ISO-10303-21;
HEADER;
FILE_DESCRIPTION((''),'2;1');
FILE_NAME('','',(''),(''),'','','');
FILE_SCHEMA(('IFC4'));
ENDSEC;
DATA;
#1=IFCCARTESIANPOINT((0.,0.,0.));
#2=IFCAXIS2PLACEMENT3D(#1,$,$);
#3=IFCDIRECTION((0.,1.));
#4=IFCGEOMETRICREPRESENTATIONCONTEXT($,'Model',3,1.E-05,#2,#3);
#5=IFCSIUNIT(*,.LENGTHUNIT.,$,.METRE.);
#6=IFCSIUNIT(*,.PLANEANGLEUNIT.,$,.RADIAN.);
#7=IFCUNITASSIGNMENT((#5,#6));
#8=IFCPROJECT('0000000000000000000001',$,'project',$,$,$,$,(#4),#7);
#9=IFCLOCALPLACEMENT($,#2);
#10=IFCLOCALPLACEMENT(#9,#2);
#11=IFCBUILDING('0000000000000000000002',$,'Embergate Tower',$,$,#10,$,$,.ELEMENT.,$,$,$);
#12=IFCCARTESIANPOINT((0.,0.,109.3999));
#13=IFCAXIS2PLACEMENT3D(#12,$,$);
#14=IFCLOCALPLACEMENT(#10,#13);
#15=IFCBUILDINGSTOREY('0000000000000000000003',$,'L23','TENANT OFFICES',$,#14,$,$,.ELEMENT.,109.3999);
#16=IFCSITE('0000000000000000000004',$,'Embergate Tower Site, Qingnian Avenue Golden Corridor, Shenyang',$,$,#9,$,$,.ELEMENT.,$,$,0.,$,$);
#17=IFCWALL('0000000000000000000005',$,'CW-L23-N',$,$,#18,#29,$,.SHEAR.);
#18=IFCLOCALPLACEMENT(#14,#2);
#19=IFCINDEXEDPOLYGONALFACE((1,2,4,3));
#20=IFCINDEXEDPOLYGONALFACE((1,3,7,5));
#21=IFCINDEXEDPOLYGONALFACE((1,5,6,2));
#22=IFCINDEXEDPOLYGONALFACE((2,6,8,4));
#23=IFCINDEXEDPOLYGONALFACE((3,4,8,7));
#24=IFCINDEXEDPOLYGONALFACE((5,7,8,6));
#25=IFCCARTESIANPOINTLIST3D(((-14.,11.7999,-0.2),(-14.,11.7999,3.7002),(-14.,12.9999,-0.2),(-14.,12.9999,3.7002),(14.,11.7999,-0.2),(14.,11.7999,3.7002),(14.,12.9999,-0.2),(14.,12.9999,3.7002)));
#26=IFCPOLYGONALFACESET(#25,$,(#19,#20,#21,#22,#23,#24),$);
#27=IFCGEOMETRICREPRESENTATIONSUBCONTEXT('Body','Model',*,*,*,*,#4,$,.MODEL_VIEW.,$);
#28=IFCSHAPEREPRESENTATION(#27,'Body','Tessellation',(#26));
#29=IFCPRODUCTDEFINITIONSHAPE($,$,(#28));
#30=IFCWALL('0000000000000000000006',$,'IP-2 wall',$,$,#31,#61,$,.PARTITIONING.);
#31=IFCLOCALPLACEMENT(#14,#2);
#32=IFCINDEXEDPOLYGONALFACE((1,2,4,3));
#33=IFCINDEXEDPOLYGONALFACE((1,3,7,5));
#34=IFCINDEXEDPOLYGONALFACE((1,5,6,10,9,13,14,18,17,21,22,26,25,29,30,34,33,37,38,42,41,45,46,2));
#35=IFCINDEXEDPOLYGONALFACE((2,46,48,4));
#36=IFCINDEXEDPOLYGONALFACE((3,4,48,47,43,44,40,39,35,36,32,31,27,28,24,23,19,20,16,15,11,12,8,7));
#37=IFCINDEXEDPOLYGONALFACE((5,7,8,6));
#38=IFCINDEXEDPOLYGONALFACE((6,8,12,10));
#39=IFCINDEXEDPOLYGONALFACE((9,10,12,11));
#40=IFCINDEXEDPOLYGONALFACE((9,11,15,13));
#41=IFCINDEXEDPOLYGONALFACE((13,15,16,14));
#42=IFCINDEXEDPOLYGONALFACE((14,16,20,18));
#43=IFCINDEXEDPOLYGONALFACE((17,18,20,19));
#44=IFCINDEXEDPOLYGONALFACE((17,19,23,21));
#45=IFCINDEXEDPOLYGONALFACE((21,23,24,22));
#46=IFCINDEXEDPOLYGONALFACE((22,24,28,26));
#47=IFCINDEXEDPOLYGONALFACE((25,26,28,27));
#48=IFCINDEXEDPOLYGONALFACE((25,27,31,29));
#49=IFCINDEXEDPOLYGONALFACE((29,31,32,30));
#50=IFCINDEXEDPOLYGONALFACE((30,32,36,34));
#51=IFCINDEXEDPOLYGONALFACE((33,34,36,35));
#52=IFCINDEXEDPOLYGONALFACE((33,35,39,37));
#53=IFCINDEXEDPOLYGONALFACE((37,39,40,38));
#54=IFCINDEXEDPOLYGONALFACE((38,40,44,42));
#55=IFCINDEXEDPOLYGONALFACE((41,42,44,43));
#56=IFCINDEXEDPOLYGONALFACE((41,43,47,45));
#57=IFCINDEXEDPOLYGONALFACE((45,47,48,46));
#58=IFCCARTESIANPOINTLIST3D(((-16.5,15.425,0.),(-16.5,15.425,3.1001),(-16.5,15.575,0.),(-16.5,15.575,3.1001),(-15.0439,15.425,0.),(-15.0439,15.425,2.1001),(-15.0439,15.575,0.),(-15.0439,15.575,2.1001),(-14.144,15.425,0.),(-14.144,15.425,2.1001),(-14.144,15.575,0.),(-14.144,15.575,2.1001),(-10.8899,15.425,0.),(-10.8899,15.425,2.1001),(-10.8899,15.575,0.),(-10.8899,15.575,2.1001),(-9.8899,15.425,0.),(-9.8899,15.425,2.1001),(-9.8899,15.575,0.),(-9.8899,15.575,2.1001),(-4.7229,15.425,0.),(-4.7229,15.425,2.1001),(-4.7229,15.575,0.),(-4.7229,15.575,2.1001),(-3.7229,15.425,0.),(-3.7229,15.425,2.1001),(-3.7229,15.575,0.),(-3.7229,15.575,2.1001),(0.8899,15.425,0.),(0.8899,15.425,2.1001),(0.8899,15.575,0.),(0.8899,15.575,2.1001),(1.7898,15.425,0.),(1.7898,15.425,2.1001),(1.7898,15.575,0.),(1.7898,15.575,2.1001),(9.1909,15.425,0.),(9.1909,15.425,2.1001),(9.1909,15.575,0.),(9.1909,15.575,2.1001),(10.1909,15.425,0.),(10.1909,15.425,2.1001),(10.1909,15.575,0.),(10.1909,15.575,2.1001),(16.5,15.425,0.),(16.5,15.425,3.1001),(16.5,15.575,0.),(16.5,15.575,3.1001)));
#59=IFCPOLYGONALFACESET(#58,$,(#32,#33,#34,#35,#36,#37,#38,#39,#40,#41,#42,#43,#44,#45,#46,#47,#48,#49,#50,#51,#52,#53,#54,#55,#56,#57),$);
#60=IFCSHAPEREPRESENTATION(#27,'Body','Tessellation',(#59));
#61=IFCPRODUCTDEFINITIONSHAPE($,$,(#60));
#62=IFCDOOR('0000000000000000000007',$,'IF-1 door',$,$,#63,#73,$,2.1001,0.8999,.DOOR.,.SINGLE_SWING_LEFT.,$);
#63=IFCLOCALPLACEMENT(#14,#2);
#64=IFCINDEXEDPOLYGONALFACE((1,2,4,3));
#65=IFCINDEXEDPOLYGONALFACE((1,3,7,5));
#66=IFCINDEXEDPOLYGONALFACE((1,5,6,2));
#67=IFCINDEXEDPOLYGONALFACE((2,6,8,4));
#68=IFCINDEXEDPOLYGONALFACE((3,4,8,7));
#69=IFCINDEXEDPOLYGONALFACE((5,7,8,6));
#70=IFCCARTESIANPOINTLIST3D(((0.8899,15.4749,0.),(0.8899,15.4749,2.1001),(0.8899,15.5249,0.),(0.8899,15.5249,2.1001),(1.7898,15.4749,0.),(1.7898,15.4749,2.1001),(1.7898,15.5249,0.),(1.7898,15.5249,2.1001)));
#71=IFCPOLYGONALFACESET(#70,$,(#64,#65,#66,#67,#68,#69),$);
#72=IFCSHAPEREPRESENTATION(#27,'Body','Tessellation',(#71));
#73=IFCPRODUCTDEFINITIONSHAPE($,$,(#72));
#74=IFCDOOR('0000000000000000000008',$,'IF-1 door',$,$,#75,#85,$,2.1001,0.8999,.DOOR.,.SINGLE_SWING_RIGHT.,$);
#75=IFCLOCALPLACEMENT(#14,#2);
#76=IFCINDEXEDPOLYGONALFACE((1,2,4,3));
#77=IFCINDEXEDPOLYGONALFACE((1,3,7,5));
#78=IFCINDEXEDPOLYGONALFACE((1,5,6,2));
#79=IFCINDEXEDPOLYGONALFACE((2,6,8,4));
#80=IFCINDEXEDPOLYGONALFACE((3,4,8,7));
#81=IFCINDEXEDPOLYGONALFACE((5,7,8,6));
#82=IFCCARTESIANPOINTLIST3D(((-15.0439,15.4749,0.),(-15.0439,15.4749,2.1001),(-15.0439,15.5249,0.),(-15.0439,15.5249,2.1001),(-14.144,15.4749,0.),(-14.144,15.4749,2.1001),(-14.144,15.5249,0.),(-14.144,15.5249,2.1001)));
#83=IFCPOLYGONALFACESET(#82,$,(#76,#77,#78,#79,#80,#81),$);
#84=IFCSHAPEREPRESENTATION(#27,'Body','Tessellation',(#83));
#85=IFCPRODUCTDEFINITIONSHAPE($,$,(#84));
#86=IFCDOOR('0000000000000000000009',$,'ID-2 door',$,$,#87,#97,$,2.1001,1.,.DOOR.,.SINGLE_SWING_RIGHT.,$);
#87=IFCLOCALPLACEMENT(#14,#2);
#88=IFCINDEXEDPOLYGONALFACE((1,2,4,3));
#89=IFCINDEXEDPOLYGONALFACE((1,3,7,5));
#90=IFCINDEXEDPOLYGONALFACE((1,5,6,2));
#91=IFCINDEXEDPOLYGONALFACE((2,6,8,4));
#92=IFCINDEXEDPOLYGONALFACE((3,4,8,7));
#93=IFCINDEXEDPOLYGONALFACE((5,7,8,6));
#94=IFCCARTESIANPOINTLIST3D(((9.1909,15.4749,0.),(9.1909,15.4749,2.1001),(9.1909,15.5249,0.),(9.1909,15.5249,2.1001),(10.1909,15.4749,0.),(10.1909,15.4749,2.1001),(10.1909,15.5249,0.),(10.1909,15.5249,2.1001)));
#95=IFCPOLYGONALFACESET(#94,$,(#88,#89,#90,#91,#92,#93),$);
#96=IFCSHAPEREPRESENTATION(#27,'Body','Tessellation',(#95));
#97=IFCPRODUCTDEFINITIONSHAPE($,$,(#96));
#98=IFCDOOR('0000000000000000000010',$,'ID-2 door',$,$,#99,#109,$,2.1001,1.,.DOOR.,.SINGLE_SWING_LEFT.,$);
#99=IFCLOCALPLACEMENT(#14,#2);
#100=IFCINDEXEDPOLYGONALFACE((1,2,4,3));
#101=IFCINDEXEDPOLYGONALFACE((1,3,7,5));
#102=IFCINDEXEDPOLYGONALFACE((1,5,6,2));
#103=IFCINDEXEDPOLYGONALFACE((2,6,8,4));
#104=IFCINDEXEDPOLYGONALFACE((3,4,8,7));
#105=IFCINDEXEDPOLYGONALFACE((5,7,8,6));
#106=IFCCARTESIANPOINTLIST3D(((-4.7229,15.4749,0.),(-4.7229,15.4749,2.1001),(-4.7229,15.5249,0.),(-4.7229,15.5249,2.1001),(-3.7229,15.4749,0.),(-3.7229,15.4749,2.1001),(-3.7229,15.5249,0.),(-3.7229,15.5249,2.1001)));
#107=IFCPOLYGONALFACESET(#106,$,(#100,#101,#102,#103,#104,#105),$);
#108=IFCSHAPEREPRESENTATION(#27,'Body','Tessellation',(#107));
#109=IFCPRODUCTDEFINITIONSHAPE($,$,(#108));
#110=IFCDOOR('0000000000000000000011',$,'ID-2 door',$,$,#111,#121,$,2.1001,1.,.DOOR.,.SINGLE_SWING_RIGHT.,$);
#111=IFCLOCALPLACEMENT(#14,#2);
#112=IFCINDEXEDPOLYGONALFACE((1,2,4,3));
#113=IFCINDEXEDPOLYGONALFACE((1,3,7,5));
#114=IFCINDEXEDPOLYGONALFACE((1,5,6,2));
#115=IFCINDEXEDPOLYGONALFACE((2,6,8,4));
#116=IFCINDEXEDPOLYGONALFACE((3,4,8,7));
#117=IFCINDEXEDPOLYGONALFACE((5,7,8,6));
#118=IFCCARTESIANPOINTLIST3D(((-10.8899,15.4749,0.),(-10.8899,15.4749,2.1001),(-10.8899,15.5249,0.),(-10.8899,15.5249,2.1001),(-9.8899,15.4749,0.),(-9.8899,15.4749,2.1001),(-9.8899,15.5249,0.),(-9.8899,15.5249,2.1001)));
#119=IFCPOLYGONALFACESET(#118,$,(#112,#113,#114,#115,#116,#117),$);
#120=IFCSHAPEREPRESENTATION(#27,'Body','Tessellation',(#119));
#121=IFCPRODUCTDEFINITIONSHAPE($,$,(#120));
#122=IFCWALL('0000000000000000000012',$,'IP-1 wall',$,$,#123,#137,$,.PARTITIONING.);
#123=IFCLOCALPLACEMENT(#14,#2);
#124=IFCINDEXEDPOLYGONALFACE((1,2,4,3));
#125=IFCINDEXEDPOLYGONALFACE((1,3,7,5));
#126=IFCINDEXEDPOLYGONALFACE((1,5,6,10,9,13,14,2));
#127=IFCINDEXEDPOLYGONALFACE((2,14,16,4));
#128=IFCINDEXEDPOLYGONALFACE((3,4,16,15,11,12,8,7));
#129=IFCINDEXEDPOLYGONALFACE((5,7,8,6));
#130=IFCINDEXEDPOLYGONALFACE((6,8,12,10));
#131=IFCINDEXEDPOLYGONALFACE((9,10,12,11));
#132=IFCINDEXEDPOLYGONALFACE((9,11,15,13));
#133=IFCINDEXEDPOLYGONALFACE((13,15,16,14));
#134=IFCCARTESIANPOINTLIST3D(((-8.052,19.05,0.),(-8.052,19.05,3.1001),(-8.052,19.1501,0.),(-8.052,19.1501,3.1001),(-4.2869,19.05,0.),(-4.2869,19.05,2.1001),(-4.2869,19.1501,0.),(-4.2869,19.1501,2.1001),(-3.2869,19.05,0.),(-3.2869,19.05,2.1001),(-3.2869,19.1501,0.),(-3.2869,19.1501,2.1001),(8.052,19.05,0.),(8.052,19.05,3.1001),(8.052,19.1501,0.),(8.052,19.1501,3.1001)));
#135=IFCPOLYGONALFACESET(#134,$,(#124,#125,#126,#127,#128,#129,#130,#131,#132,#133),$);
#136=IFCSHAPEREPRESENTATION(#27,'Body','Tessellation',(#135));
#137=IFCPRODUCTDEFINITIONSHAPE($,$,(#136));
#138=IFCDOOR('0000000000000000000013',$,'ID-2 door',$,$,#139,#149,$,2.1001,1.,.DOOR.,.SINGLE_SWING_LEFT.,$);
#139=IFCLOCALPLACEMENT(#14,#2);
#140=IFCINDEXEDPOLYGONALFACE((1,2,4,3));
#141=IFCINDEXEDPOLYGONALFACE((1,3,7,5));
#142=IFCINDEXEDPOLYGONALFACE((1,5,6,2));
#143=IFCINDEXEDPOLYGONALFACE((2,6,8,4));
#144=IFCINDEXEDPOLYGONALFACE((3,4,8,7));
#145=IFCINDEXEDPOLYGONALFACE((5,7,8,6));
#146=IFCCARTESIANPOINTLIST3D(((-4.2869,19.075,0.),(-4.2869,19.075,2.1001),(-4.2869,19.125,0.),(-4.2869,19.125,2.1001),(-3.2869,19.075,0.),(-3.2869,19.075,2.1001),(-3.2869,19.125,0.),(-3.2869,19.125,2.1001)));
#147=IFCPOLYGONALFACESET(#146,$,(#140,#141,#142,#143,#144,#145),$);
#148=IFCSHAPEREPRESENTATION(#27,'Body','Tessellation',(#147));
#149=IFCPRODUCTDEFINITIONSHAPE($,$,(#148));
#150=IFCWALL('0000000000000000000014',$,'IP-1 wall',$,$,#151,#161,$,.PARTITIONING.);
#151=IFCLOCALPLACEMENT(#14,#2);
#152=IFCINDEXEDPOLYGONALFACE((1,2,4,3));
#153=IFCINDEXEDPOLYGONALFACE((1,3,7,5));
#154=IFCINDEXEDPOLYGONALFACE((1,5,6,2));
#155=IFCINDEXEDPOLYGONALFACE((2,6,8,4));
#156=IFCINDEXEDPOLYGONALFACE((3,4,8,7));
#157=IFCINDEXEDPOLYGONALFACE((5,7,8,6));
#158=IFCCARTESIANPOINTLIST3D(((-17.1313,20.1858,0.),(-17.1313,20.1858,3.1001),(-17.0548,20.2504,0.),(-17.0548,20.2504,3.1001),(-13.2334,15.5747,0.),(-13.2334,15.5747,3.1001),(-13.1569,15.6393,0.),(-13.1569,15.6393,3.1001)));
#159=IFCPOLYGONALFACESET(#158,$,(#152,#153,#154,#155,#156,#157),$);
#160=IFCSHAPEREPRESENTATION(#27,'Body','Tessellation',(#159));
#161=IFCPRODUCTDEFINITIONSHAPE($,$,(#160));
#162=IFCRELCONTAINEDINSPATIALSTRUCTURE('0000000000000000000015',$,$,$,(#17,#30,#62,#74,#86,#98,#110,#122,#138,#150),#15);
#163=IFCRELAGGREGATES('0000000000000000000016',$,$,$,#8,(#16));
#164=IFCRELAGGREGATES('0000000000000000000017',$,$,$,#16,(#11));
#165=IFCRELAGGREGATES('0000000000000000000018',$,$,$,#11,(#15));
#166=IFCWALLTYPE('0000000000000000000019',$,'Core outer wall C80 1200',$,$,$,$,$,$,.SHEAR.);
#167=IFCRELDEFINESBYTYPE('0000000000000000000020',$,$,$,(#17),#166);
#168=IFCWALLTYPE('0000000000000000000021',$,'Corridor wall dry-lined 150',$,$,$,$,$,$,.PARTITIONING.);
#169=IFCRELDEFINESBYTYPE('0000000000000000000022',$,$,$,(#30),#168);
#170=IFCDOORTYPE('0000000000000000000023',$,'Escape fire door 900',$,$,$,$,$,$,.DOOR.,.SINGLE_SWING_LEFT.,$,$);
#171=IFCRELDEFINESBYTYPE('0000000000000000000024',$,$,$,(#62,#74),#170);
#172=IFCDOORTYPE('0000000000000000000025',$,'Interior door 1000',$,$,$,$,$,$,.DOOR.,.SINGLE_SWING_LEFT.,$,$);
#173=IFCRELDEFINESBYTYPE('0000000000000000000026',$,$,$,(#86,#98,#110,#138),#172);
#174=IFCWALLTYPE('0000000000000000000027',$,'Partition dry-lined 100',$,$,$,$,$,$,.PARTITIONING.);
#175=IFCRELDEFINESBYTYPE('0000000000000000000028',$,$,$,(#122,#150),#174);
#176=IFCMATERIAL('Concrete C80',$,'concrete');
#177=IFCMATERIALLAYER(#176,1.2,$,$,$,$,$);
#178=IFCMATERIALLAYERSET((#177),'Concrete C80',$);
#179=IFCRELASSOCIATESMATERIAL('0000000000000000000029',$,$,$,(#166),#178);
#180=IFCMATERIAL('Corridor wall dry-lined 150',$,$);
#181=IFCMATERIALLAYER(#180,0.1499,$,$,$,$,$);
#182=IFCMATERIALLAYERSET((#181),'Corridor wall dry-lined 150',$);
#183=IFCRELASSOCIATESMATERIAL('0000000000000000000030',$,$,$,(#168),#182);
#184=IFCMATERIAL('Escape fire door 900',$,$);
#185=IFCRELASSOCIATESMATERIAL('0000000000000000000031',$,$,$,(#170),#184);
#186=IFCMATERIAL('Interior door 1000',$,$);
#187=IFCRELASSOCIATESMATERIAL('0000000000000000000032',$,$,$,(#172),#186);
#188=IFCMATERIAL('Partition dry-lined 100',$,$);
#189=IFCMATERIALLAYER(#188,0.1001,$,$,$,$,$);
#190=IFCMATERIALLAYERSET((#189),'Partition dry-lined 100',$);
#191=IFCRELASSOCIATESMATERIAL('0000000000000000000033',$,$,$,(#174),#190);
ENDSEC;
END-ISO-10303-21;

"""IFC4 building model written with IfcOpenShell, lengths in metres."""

from ifc_helpers import new_model, si_unit, direction, frame, frame_2d, origin, place, context, subcontext, project, spatial, rectangle, extrude, source, transform, mapped, material, layer, layer_set, type_object, element, fill, save


model = new_model("IFC4")

# Units and contexts
model_context = context("Model", 3, precision=1e-05, world=origin(), true_north=direction((0.0, 1.0)))
body_context = subcontext(model_context, "Body", "Model", "MODEL_VIEW")
ifc_project = project(units=[si_unit("LENGTHUNIT", "METRE"), si_unit("PLANEANGLEUNIT", "RADIAN")], contexts=[model_context])

# Site, building, storey
site_placement = place(None, origin())
site = spatial("IfcSite", under=ifc_project, at=site_placement, Name="Embergate Tower Site, Qingnian Avenue Golden Corridor, Shenyang", CompositionType="ELEMENT", RefElevation=0.0)
building_placement = place(site_placement, origin())
building = spatial("IfcBuilding", under=site, at=building_placement, Name="Embergate Tower", CompositionType="ELEMENT")
storey_placement = place(building_placement, frame((0.0, 0.0, 109.3999)))
storey = spatial("IfcBuildingStorey", under=building, at=storey_placement, Name="L23", Description="TENANT OFFICES", CompositionType="ELEMENT", Elevation=109.3999)

# Wall
ifc_material_1 = material(Name="Concrete C80", Category="concrete")
ifc_layer_1 = layer(ifc_material_1, 1.2)
ifc_layer_set_1 = layer_set([ifc_layer_1], Name="Concrete C80")
wall_type_1 = type_object("IfcWallType", Name="Core outer wall C80 1200", PredefinedType="SHEAR", material=ifc_layer_set_1)
shared_shape_1 = source(origin(), body_context, "Body", "SweptSolid", [
    extrude(rectangle(XDim=28.0, YDim=1.2, at=frame_2d((14.0, 0.0))), origin(), (0.0, 0.0, 1.0), 3.9001),
])
wall_1_placement = place(storey_placement, frame((-14.0, 12.3999, -0.2), z_axis=(0.0, 0.0, 1.0), x_axis=(1.0, 0.0, 0.0)))
element("IfcWall", 1, at=wall_1_placement, inside=storey, type_object=wall_type_1, Name="CW-L23-N", PredefinedType="SHEAR", context=body_context, shape_type="MappedRepresentation", body=[
    mapped(shared_shape_1, transform((0.0, 0.0, 0.0))),
])

# Wall, openings, doors
ifc_material_2 = material(Name="Corridor wall dry-lined 150")
ifc_layer_2 = layer(ifc_material_2, 0.1499)
ifc_layer_set_2 = layer_set([ifc_layer_2], Name="Corridor wall dry-lined 150")
wall_type_2 = type_object("IfcWallType", Name="Corridor wall dry-lined 150", PredefinedType="PARTITIONING", material=ifc_layer_set_2)
shared_shape_2 = source(origin(), body_context, "Body", "SweptSolid", [
    extrude(rectangle(XDim=33.0, YDim=0.1499, at=frame_2d((16.5, 0.0))), origin(), (0.0, 0.0, 1.0), 3.1001),
])
wall_2_placement = place(storey_placement, frame((-16.5, 15.5, 0.0), z_axis=(0.0, 0.0, 1.0), x_axis=(1.0, 0.0, 0.0)))
wall_2 = element("IfcWall", 2, at=wall_2_placement, inside=storey, type_object=wall_type_2, Name="IP-2 wall", PredefinedType="PARTITIONING", context=body_context, shape_type="MappedRepresentation", body=[
    mapped(shared_shape_2, transform((0.0, 0.0, 0.0))),
])
shared_shape_3 = source(origin(), body_context, "Body", "SweptSolid", [
    extrude(rectangle(XDim=1.0, YDim=2.1001, at=frame_2d((0.5, 1.05))), frame((0.0, 0.085, 0.0), z_axis=(0.0, -1.0, 0.0), x_axis=(1.0, 0.0, 0.0)), (0.0, 0.0, 1.0), 0.1699),
])
opening_1_placement = place(wall_2_placement, frame((25.6909, 0.0, 0.0)))
opening_1 = element("IfcOpeningElement", 3, at=opening_1_placement, cuts=wall_2, PredefinedType="OPENING", context=body_context, shape_type="MappedRepresentation", body=[
    mapped(shared_shape_3, transform((0.0, 0.0, 0.0))),
])
shared_shape_4 = source(origin(), body_context, "Body", "SweptSolid", [
    extrude(rectangle(XDim=0.8999, YDim=2.1001, at=frame_2d((0.45, 1.05))), frame((0.0, 0.085, 0.0), z_axis=(0.0, -1.0, 0.0), x_axis=(1.0, 0.0, 0.0)), (0.0, 0.0, 1.0), 0.1699),
])
opening_2_placement = place(wall_2_placement, frame((17.3899, 0.0, 0.0)))
opening_2 = element("IfcOpeningElement", 4, at=opening_2_placement, cuts=wall_2, PredefinedType="OPENING", context=body_context, shape_type="MappedRepresentation", body=[
    mapped(shared_shape_4, transform((0.0, 0.0, 0.0))),
])
opening_3_placement = place(wall_2_placement, frame((11.7771, 0.0, 0.0)))
opening_3 = element("IfcOpeningElement", 5, at=opening_3_placement, cuts=wall_2, PredefinedType="OPENING", context=body_context, shape_type="MappedRepresentation", body=[
    mapped(shared_shape_3, transform((0.0, 0.0, 0.0))),
])
opening_4_placement = place(wall_2_placement, frame((5.6101, 0.0, 0.0)))
opening_4 = element("IfcOpeningElement", 6, at=opening_4_placement, cuts=wall_2, PredefinedType="OPENING", context=body_context, shape_type="MappedRepresentation", body=[
    mapped(shared_shape_3, transform((0.0, 0.0, 0.0))),
])
opening_5_placement = place(wall_2_placement, frame((1.4561, 0.0, 0.0)))
opening_5 = element("IfcOpeningElement", 7, at=opening_5_placement, cuts=wall_2, PredefinedType="OPENING", context=body_context, shape_type="MappedRepresentation", body=[
    mapped(shared_shape_4, transform((0.0, 0.0, 0.0))),
])
ifc_material_3 = material(Name="Escape fire door 900")
door_type_1 = type_object("IfcDoorType", Name="Escape fire door 900", OperationType="SINGLE_SWING_LEFT", PredefinedType="DOOR", material=ifc_material_3)
shared_shape_5 = source(origin(), body_context, "Body", "SweptSolid", [
    extrude(rectangle(XDim=0.8999, YDim=2.1001, at=frame_2d((0.45, 1.05))), frame((0.0, 0.0249, 0.0), z_axis=(0.0, -1.0, 0.0), x_axis=(1.0, 0.0, 0.0)), (0.0, 0.0, 1.0), 0.05),
])
door_1_placement = place(opening_2_placement, origin())
door_1 = element("IfcDoor", 8, at=door_1_placement, inside=storey, type_object=door_type_1, Name="IF-1 door", OperationType="SINGLE_SWING_LEFT", OverallHeight=2.1001, OverallWidth=0.8999, PredefinedType="DOOR", context=body_context, shape_type="MappedRepresentation", body=[
    mapped(shared_shape_5, transform((0.0, 0.0, 0.0))),
])
fill(opening_2, door_1)
door_2_placement = place(opening_5_placement, origin())
door_2 = element("IfcDoor", 9, at=door_2_placement, inside=storey, type_object=door_type_1, Name="IF-1 door", OperationType="SINGLE_SWING_RIGHT", OverallHeight=2.1001, OverallWidth=0.8999, PredefinedType="DOOR", context=body_context, shape_type="MappedRepresentation", body=[
    mapped(shared_shape_5, transform((0.0, 0.0, 0.0))),
])
fill(opening_5, door_2)
ifc_material_4 = material(Name="Interior door 1000")
door_type_2 = type_object("IfcDoorType", Name="Interior door 1000", OperationType="SINGLE_SWING_LEFT", PredefinedType="DOOR", material=ifc_material_4)
shared_shape_6 = source(origin(), body_context, "Body", "SweptSolid", [
    extrude(rectangle(XDim=1.0, YDim=2.1001, at=frame_2d((0.5, 1.05))), frame((0.0, 0.0249, 0.0), z_axis=(0.0, -1.0, 0.0), x_axis=(1.0, 0.0, 0.0)), (0.0, 0.0, 1.0), 0.05),
])
door_3_placement = place(opening_1_placement, origin())
door_3 = element("IfcDoor", 10, at=door_3_placement, inside=storey, type_object=door_type_2, Name="ID-2 door", OperationType="SINGLE_SWING_RIGHT", OverallHeight=2.1001, OverallWidth=1.0, PredefinedType="DOOR", context=body_context, shape_type="MappedRepresentation", body=[
    mapped(shared_shape_6, transform((0.0, 0.0, 0.0))),
])
fill(opening_1, door_3)
door_4_placement = place(opening_3_placement, origin())
door_4 = element("IfcDoor", 11, at=door_4_placement, inside=storey, type_object=door_type_2, Name="ID-2 door", OperationType="SINGLE_SWING_LEFT", OverallHeight=2.1001, OverallWidth=1.0, PredefinedType="DOOR", context=body_context, shape_type="MappedRepresentation", body=[
    mapped(shared_shape_6, transform((0.0, 0.0, 0.0))),
])
fill(opening_3, door_4)
door_5_placement = place(opening_4_placement, origin())
door_5 = element("IfcDoor", 12, at=door_5_placement, inside=storey, type_object=door_type_2, Name="ID-2 door", OperationType="SINGLE_SWING_RIGHT", OverallHeight=2.1001, OverallWidth=1.0, PredefinedType="DOOR", context=body_context, shape_type="MappedRepresentation", body=[
    mapped(shared_shape_6, transform((0.0, 0.0, 0.0))),
])
fill(opening_4, door_5)

# Wall, opening, door
ifc_material_5 = material(Name="Partition dry-lined 100")
ifc_layer_3 = layer(ifc_material_5, 0.1001)
ifc_layer_set_3 = layer_set([ifc_layer_3], Name="Partition dry-lined 100")
wall_type_3 = type_object("IfcWallType", Name="Partition dry-lined 100", PredefinedType="PARTITIONING", material=ifc_layer_set_3)
shared_shape_7 = source(origin(), body_context, "Body", "SweptSolid", [
    extrude(rectangle(XDim=16.104, YDim=0.1001, at=frame_2d((8.052, 0.0))), origin(), (0.0, 0.0, 1.0), 3.1001),
])
wall_3_placement = place(storey_placement, frame((-8.052, 19.1001, 0.0), z_axis=(0.0, 0.0, 1.0), x_axis=(1.0, 0.0, 0.0)))
wall_3 = element("IfcWall", 13, at=wall_3_placement, inside=storey, type_object=wall_type_3, Name="IP-1 wall", PredefinedType="PARTITIONING", context=body_context, shape_type="MappedRepresentation", body=[
    mapped(shared_shape_7, transform((0.0, 0.0, 0.0))),
])
shared_shape_8 = source(origin(), body_context, "Body", "SweptSolid", [
    extrude(rectangle(XDim=1.0, YDim=2.1001, at=frame_2d((0.5, 1.05))), frame((0.0, 0.0601, 0.0), z_axis=(0.0, -1.0, 0.0), x_axis=(1.0, 0.0, 0.0)), (0.0, 0.0, 1.0), 0.1201),
])
opening_6_placement = place(wall_3_placement, frame((3.7651, 0.0, 0.0)))
opening_6 = element("IfcOpeningElement", 14, at=opening_6_placement, cuts=wall_3, PredefinedType="OPENING", context=body_context, shape_type="MappedRepresentation", body=[
    mapped(shared_shape_8, transform((0.0, 0.0, 0.0))),
])
door_6_placement = place(opening_6_placement, origin())
door_6 = element("IfcDoor", 15, at=door_6_placement, inside=storey, type_object=door_type_2, Name="ID-2 door", OperationType="SINGLE_SWING_LEFT", OverallHeight=2.1001, OverallWidth=1.0, PredefinedType="DOOR", context=body_context, shape_type="MappedRepresentation", body=[
    mapped(shared_shape_6, transform((0.0, 0.0, 0.0))),
])
fill(opening_6, door_6)

# Wall
shared_shape_9 = source(origin(), body_context, "Body", "SweptSolid", [
    extrude(rectangle(XDim=6.0378, YDim=0.1001, at=frame_2d((3.019, 0.0))), origin(), (0.0, 0.0, 1.0), 3.1001),
])
wall_4_placement = place(storey_placement, frame((-13.1951, 15.6069, 0.0), z_axis=(0.0, 0.0, 1.0), x_axis=(-0.645581, 0.763691, 0.0)))
element("IfcWall", 16, at=wall_4_placement, inside=storey, type_object=wall_type_3, Name="IP-1 wall", PredefinedType="PARTITIONING", context=body_context, shape_type="MappedRepresentation", body=[
    mapped(shared_shape_9, transform((0.0, 0.0, 0.0))),
])

save(model, "model.ifc")
